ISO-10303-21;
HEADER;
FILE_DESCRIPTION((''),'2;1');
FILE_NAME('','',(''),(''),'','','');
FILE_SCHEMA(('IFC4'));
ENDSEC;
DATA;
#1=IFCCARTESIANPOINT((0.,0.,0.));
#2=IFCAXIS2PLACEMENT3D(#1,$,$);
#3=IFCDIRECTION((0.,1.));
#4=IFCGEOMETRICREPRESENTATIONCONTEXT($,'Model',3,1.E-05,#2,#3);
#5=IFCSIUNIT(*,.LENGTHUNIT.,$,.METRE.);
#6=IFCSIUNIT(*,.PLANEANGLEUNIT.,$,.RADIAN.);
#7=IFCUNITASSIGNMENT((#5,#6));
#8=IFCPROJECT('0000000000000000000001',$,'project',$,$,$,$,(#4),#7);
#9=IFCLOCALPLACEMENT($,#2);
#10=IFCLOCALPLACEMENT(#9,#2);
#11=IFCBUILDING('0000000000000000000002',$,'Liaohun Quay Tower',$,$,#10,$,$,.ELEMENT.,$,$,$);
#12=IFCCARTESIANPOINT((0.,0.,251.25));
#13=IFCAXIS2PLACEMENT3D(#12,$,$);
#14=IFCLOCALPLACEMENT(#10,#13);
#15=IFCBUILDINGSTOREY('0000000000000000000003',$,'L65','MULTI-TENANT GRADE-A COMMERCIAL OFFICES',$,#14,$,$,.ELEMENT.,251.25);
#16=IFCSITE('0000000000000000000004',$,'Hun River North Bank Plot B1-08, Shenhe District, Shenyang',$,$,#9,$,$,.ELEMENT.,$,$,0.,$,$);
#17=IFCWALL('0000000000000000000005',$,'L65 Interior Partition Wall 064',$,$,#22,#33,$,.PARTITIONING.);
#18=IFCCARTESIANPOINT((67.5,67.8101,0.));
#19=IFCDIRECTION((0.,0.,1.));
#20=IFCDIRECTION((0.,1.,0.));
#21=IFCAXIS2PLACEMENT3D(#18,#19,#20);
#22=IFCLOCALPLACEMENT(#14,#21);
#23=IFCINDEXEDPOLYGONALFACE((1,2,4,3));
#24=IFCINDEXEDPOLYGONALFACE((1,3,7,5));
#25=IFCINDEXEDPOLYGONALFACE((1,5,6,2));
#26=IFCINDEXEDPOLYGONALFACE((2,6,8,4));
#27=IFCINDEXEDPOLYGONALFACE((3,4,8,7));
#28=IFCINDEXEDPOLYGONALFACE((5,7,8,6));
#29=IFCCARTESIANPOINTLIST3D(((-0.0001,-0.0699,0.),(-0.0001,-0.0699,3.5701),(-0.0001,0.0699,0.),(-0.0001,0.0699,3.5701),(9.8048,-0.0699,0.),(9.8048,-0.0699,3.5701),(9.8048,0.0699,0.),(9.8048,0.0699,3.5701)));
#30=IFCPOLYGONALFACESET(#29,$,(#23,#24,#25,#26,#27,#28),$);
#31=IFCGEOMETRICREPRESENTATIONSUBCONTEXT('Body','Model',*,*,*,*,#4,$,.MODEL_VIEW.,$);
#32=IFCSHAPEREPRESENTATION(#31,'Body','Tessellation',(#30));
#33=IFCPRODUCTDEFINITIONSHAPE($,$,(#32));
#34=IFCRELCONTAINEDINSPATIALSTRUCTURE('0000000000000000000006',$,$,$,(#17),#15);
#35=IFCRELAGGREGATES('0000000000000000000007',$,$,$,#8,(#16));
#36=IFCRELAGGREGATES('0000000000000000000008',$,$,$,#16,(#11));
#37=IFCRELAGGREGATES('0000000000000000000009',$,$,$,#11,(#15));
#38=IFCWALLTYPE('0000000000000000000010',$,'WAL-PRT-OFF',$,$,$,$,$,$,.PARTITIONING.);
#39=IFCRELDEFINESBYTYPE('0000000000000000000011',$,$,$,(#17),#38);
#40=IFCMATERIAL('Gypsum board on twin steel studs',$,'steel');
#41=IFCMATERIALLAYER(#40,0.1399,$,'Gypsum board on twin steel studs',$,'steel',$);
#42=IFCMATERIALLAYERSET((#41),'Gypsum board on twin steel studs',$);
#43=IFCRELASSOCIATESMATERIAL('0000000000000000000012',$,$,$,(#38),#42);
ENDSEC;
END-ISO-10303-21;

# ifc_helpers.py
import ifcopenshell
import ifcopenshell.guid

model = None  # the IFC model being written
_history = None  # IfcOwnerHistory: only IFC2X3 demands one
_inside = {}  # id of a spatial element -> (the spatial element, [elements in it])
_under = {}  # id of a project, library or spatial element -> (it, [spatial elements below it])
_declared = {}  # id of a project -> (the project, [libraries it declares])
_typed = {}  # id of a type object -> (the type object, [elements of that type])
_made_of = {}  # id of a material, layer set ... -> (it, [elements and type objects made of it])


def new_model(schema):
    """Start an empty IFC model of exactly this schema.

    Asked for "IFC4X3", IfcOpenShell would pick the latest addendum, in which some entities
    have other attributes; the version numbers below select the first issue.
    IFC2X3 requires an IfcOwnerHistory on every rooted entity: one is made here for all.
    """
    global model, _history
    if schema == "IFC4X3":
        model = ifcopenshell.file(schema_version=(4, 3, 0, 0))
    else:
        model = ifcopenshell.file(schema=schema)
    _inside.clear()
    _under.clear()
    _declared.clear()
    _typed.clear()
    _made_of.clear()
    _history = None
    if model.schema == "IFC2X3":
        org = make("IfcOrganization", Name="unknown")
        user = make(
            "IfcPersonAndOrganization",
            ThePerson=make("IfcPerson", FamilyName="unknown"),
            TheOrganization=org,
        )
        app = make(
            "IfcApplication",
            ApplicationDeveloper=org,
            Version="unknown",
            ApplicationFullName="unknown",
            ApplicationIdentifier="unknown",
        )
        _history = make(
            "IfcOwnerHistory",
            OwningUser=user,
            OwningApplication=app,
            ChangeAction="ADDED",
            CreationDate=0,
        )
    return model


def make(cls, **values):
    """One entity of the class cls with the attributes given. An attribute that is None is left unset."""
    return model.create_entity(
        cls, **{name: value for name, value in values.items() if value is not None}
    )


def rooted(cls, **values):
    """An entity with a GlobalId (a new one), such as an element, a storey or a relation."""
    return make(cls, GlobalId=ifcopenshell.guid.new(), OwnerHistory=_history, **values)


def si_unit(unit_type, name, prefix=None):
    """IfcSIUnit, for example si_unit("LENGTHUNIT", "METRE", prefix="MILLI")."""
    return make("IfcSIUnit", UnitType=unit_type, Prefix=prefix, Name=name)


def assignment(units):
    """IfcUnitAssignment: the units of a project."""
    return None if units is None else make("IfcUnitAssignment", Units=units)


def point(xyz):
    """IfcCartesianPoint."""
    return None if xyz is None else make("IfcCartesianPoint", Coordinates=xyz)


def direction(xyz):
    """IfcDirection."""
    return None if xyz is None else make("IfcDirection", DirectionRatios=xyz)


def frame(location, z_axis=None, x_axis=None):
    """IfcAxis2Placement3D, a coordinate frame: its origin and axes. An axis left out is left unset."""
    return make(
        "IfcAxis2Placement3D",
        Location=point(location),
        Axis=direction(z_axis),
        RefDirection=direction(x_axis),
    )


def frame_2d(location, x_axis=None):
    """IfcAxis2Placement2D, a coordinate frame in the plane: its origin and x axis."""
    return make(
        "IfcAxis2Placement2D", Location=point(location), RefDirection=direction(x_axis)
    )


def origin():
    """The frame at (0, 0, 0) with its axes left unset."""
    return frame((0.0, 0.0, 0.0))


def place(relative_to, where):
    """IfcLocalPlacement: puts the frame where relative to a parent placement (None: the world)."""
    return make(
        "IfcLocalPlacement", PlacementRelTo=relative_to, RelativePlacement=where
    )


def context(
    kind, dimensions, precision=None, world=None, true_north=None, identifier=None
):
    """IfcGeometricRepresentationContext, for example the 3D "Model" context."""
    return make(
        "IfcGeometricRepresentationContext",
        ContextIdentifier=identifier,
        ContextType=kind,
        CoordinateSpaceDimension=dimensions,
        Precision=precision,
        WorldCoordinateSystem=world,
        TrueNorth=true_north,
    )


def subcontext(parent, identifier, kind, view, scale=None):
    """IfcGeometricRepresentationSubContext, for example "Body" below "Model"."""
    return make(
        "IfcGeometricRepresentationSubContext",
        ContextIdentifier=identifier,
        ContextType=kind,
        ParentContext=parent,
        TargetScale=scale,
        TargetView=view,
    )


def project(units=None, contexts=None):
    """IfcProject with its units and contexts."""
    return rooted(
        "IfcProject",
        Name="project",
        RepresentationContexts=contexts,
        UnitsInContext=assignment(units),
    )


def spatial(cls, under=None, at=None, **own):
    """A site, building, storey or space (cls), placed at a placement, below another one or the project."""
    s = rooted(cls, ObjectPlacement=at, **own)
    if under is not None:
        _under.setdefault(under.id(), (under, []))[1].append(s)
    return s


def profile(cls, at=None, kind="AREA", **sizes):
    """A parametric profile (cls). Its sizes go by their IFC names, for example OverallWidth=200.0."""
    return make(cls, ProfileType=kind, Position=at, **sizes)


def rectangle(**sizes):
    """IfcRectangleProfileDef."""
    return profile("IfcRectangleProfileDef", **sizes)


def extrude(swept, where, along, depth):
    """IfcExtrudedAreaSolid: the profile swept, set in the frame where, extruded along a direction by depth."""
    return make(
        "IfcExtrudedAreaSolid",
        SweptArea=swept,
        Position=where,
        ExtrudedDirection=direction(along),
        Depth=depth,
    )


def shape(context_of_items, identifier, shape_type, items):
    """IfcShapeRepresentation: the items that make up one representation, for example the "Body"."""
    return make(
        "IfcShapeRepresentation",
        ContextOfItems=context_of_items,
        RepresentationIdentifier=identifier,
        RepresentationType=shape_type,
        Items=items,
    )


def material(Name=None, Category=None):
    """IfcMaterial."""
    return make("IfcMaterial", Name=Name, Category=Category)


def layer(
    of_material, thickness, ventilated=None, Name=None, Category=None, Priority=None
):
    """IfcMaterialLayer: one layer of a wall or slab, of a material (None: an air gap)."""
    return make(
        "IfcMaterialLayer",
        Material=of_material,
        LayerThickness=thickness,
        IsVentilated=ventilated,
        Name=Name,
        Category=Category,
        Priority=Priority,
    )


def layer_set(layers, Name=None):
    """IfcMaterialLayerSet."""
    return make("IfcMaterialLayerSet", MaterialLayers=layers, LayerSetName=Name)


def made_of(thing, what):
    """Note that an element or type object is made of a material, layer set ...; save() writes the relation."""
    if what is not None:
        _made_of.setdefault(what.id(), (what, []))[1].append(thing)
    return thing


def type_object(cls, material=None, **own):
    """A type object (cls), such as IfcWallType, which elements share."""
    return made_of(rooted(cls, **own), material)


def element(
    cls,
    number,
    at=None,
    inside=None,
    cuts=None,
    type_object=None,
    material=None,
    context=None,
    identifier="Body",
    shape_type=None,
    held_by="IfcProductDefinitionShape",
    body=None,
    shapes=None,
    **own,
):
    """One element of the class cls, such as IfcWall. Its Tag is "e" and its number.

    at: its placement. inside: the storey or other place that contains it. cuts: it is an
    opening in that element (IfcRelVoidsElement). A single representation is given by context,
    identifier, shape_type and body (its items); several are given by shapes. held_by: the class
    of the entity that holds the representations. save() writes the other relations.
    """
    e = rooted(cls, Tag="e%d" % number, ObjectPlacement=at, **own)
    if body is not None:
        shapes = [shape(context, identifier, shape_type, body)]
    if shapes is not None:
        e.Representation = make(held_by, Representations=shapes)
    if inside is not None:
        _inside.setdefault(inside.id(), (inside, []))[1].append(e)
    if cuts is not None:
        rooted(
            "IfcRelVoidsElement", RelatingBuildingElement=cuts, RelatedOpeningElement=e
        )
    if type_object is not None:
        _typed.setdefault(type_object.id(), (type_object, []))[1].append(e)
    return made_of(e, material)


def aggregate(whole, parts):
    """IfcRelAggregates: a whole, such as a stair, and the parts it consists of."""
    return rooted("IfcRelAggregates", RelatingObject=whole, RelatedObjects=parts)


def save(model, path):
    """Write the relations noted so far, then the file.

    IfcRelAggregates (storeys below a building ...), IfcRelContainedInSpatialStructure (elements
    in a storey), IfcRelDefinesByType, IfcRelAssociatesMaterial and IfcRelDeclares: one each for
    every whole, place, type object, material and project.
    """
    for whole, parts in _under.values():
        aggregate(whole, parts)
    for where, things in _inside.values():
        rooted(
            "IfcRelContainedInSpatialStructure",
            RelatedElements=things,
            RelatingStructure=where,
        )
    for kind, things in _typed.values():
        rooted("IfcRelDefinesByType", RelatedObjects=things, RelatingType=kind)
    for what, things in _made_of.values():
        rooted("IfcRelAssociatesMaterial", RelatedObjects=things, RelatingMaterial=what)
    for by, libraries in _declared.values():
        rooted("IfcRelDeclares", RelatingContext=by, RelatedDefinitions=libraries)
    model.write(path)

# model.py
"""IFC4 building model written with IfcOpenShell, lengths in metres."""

from ifc_helpers import new_model, si_unit, direction, frame, frame_2d, origin, place, context, subcontext, project, spatial, rectangle, extrude, material, layer, layer_set, type_object, element, save


model = new_model("IFC4")

# Units and contexts
model_context = context("Model", 3, precision=1e-05, world=origin(), true_north=direction((0.0, 1.0)))
body_context = subcontext(model_context, "Body", "Model", "MODEL_VIEW")
ifc_project = project(units=[si_unit("LENGTHUNIT", "METRE"), si_unit("PLANEANGLEUNIT", "RADIAN")], contexts=[model_context])

# Site, building, storey
site_placement = place(None, origin())
site = spatial("IfcSite", under=ifc_project, at=site_placement, Name="Hun River North Bank Plot B1-08, Shenhe District, Shenyang", CompositionType="ELEMENT", RefElevation=0.0)
building_placement = place(site_placement, origin())
building = spatial("IfcBuilding", under=site, at=building_placement, Name="Liaohun Quay Tower", CompositionType="ELEMENT")
storey_placement = place(building_placement, frame((0.0, 0.0, 251.25)))
storey = spatial("IfcBuildingStorey", under=building, at=storey_placement, Name="L65", Description="MULTI-TENANT GRADE-A COMMERCIAL OFFICES", CompositionType="ELEMENT", Elevation=251.25)

# Wall
ifc_material_1 = material(Name="Gypsum board on twin steel studs", Category="steel")
ifc_layer_1 = layer(ifc_material_1, 0.1399, Name="Gypsum board on twin steel studs", Category="steel")
ifc_layer_set_1 = layer_set([ifc_layer_1], Name="Gypsum board on twin steel studs")
wall_type_1 = type_object("IfcWallType", Name="WAL-PRT-OFF", PredefinedType="PARTITIONING", material=ifc_layer_set_1)
wall_1_placement = place(storey_placement, frame((67.5, 67.8101, 0.0), z_axis=(0.0, 0.0, 1.0), x_axis=(0.0, 1.0, 0.0)))
element("IfcWall", 1, at=wall_1_placement, inside=storey, type_object=wall_type_1, Name="L65 Interior Partition Wall 064", PredefinedType="PARTITIONING", context=body_context, shape_type="SweptSolid", body=[
    extrude(rectangle(XDim=9.8049, YDim=0.1399, at=frame_2d((4.9023, 0.0))), origin(), (0.0, 0.0, 1.0), 3.5701),
])

save(model, "model.ifc")
